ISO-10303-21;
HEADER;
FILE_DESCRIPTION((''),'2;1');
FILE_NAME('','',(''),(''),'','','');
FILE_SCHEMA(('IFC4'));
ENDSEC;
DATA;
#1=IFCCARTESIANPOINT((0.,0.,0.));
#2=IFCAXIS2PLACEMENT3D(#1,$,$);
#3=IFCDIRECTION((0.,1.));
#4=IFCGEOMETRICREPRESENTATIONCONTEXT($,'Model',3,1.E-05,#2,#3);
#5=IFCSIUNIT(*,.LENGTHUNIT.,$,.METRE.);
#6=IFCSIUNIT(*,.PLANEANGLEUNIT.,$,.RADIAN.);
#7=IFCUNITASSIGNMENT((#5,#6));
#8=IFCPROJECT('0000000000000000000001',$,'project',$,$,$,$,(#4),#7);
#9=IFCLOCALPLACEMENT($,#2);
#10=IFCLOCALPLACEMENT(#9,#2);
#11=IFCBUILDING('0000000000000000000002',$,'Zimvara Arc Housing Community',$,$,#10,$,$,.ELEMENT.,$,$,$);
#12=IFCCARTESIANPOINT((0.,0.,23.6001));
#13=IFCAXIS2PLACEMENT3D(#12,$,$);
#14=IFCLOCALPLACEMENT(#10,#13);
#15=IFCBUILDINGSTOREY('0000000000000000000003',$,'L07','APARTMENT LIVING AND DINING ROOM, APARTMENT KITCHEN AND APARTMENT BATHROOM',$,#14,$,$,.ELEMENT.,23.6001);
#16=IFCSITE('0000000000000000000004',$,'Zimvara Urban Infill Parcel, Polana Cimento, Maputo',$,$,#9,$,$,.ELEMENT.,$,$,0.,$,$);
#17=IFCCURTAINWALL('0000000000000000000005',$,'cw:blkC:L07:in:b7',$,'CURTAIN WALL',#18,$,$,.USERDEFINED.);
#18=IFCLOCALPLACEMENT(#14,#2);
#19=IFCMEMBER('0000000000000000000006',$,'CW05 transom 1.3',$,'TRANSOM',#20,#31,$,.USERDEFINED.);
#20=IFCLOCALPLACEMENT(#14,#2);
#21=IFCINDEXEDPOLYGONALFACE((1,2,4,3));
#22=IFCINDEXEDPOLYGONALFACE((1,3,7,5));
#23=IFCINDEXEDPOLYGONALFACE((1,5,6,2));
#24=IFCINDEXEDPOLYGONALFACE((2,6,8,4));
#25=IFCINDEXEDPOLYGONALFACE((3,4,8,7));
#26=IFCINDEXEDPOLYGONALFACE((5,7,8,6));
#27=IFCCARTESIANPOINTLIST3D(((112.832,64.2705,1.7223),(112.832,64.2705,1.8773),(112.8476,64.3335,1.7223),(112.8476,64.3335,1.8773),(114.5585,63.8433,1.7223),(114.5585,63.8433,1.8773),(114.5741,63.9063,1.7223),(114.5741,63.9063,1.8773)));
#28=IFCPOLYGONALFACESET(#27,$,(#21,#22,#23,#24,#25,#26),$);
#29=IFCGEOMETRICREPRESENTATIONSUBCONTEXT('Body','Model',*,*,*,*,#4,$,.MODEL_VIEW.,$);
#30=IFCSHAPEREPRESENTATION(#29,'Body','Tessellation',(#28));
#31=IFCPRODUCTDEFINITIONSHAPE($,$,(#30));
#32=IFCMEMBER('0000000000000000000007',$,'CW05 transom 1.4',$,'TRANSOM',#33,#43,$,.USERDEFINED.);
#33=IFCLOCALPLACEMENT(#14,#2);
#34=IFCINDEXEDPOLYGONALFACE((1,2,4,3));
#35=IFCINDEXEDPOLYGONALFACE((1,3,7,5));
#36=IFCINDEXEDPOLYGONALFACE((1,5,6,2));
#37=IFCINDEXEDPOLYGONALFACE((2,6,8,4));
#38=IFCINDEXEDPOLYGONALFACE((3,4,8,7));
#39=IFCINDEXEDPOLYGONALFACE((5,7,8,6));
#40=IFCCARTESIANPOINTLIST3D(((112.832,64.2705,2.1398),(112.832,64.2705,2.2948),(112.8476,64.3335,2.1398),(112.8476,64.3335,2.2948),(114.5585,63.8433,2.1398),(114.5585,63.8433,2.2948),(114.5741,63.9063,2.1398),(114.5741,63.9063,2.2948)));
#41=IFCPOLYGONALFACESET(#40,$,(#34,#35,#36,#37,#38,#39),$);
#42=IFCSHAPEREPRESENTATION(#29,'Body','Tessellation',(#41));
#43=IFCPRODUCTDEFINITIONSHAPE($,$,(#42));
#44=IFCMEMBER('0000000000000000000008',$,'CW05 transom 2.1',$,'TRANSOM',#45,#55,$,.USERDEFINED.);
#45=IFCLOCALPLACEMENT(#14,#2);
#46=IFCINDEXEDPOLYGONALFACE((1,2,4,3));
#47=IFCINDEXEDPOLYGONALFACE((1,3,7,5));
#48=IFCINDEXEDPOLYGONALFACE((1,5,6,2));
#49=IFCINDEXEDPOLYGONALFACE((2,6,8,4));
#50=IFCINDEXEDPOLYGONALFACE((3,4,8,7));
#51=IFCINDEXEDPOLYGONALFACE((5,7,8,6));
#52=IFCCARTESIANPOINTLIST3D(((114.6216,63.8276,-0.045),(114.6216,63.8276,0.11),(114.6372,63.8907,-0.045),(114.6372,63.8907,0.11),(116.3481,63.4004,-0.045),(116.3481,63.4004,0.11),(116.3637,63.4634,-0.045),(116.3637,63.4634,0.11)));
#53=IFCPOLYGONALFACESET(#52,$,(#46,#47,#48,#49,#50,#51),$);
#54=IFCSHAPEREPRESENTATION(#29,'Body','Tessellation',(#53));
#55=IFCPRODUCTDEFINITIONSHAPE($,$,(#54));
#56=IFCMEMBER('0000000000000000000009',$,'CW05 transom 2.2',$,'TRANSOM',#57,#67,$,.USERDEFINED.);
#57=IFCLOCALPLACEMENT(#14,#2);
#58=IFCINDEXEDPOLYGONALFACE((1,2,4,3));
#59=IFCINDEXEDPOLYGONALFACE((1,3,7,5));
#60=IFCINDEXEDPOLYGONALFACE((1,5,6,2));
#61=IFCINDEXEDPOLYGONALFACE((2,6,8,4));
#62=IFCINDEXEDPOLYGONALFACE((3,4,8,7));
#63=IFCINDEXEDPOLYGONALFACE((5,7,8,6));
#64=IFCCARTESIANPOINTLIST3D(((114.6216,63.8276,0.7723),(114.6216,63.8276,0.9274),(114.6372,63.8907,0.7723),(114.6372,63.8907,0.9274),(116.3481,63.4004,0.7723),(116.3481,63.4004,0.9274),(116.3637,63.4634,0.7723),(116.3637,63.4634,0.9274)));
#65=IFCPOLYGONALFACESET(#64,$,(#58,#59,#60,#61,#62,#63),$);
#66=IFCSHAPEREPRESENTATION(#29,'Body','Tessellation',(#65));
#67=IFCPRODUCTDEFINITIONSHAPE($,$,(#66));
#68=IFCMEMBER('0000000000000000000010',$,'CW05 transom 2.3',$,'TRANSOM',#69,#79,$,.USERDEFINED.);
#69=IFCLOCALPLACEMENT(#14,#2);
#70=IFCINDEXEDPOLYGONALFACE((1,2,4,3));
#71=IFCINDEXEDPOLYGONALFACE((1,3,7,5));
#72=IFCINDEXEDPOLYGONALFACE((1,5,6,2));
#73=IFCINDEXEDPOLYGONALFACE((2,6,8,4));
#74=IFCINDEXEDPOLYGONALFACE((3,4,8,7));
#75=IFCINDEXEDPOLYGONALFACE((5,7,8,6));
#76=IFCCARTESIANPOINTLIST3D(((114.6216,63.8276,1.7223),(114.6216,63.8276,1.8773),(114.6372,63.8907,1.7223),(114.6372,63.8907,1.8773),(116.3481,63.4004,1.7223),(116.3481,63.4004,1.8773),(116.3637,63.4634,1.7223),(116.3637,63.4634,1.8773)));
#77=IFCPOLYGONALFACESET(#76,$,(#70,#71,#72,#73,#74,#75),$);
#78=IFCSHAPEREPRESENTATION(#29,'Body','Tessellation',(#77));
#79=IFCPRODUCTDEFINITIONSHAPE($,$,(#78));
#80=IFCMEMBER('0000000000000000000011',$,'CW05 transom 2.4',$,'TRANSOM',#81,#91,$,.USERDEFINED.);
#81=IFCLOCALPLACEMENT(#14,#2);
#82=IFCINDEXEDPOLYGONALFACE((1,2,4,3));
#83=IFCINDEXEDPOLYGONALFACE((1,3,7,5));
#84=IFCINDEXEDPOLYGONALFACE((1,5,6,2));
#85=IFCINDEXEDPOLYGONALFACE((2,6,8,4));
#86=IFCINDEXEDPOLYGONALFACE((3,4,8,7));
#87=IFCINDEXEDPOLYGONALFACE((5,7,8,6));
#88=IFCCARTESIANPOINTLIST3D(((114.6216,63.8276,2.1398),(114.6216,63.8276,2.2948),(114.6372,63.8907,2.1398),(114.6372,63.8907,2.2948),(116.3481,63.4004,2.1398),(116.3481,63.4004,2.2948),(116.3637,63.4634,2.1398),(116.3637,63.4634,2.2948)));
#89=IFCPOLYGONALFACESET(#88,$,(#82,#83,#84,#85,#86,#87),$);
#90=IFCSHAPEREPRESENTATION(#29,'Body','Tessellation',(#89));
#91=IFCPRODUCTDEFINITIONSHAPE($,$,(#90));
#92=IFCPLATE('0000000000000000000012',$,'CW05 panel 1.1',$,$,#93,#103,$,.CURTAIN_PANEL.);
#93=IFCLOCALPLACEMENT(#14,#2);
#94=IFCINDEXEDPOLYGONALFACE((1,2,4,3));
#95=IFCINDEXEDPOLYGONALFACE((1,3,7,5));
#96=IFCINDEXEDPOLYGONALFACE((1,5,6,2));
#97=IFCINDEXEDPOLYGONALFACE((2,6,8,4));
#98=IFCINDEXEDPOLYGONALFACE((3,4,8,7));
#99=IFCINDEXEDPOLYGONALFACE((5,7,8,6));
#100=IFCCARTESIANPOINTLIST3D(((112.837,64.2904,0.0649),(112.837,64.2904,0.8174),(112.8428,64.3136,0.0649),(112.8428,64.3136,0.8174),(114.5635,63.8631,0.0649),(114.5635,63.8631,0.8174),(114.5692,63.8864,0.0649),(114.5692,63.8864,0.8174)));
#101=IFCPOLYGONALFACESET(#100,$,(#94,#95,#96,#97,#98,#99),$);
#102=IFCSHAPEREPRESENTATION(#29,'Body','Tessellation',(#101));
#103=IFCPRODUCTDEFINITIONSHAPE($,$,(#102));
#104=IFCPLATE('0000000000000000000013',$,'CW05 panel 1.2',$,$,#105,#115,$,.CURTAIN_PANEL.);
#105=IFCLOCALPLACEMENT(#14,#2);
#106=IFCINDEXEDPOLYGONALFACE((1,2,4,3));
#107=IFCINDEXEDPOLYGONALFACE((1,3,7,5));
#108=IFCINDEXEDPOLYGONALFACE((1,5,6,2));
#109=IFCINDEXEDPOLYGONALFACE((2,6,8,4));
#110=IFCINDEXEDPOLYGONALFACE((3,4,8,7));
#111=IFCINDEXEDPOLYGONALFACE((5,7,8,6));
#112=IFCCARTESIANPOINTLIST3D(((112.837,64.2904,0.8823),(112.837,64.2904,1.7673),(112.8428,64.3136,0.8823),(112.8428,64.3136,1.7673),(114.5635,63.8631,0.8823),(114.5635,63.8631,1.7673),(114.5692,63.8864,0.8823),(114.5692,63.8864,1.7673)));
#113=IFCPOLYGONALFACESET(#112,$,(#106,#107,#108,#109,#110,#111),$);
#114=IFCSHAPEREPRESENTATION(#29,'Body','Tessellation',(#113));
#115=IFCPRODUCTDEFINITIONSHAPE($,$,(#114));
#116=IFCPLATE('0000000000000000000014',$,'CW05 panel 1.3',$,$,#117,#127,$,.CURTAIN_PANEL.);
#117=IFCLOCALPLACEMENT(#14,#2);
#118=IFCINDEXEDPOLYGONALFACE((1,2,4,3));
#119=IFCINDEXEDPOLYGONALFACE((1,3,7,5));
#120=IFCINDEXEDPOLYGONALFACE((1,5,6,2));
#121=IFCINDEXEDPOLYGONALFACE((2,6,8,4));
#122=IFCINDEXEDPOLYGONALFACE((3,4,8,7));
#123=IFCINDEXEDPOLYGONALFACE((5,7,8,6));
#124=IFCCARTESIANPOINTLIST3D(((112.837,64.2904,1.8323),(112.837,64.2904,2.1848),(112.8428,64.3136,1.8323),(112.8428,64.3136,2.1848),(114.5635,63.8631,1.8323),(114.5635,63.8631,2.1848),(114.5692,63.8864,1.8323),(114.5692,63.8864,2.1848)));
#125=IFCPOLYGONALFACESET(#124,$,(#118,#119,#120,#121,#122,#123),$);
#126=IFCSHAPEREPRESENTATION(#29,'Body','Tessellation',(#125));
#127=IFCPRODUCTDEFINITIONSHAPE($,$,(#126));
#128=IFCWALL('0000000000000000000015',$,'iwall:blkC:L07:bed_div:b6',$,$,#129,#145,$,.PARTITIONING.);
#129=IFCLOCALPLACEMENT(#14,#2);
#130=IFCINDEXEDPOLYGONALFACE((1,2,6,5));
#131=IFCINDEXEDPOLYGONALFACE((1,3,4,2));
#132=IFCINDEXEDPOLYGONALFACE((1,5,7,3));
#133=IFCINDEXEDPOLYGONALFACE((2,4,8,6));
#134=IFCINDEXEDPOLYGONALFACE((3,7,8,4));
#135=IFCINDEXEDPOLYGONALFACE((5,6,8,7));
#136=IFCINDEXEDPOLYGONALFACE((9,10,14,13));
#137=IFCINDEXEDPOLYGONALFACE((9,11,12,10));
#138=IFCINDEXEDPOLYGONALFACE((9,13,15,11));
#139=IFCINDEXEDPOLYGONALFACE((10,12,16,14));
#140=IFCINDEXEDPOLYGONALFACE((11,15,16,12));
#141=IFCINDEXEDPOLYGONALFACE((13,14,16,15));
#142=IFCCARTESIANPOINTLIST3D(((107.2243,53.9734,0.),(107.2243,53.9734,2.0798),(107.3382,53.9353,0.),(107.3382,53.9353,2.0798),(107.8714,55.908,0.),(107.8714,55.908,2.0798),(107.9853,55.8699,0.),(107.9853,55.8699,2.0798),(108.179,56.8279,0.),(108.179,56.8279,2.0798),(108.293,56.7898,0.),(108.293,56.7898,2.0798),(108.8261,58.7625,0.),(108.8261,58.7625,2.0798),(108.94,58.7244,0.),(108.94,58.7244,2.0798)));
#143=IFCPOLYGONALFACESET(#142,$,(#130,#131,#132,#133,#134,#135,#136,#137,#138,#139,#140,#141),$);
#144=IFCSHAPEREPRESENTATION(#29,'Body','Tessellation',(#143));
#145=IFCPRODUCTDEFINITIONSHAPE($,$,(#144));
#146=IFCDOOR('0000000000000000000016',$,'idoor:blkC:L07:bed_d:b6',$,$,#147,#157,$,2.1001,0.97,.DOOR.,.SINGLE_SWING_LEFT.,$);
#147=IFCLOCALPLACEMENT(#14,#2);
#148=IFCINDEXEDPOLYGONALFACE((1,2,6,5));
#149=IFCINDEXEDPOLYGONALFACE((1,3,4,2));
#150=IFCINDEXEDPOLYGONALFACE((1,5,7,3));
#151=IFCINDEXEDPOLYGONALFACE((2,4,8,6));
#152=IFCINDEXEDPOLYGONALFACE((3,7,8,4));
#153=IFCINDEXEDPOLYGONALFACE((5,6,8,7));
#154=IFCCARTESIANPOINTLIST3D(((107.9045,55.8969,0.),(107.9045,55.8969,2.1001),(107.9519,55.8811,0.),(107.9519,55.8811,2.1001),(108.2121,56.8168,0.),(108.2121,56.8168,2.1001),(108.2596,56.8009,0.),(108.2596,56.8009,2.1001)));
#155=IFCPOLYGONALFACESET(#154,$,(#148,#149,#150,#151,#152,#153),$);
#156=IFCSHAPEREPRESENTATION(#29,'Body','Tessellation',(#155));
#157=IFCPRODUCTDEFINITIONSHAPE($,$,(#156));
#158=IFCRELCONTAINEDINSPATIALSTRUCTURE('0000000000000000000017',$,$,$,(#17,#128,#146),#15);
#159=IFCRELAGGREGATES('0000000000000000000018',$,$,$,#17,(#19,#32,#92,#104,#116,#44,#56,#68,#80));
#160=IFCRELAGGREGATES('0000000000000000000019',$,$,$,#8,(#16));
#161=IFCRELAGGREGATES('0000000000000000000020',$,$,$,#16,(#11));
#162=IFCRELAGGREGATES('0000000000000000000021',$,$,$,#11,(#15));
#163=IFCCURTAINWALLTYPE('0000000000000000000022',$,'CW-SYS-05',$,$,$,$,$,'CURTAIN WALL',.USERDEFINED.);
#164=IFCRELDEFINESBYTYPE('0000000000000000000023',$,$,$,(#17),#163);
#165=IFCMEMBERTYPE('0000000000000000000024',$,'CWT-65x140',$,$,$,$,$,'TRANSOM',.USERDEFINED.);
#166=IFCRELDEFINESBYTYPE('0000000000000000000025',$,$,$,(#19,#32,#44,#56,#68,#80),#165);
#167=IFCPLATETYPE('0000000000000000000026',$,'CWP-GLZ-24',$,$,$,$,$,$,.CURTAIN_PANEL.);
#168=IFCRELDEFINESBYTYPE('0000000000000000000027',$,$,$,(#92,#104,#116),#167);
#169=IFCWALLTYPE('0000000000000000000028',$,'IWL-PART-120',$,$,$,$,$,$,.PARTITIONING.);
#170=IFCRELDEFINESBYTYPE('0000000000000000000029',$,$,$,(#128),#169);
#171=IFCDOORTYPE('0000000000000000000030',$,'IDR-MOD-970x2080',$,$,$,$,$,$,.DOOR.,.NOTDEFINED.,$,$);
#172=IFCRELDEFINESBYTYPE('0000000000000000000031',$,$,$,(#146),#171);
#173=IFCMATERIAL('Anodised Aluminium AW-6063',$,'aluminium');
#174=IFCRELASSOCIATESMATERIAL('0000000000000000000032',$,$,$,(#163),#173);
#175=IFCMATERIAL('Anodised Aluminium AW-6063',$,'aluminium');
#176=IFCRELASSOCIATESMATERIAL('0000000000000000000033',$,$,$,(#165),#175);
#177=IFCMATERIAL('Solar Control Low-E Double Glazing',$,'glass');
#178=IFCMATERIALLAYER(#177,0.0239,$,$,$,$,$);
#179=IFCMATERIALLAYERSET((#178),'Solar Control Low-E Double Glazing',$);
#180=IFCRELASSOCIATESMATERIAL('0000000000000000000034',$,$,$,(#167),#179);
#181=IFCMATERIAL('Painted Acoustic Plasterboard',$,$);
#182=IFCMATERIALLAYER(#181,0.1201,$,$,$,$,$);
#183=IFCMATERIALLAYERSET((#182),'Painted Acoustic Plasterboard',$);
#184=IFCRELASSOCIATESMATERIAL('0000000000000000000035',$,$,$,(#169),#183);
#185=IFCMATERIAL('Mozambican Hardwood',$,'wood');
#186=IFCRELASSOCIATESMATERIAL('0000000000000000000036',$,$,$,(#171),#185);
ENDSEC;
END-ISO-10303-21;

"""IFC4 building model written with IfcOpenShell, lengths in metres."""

from ifc_helpers import new_model, si_unit, direction, frame, frame_2d, origin, origin_2d, place, context, subcontext, project, spatial, rectangle, extrude, material, layer, layer_set, material_profile, profile_set, type_object, element, fill, aggregate, save


model = new_model("IFC4")

# Units and contexts
model_context = context("Model", 3, precision=1e-05, world=origin(), true_north=direction((0.0, 1.0)))
body_context = subcontext(model_context, "Body", "Model", "MODEL_VIEW")
ifc_project = project(units=[si_unit("LENGTHUNIT", "METRE"), si_unit("PLANEANGLEUNIT", "RADIAN")], contexts=[model_context])

# Site, building, storey
site_placement = place(None, origin())
site = spatial("IfcSite", under=ifc_project, at=site_placement, Name="Zimvara Urban Infill Parcel, Polana Cimento, Maputo", CompositionType="ELEMENT", RefElevation=0.0)
building_placement = place(site_placement, origin())
building = spatial("IfcBuilding", under=site, at=building_placement, Name="Zimvara Arc Housing Community", CompositionType="ELEMENT")
storey_placement = place(building_placement, frame((0.0, 0.0, 23.6001)))
storey = spatial("IfcBuildingStorey", under=building, at=storey_placement, Name="L07", Description="APARTMENT LIVING AND DINING ROOM, APARTMENT KITCHEN AND APARTMENT BATHROOM", CompositionType="ELEMENT", Elevation=23.6001)

# Curtain wall, members, plates
ifc_material_1 = material(Name="Anodised Aluminium AW-6063", Category="aluminium")
curtain_wall_type_1 = type_object("IfcCurtainWallType", Name="CW-SYS-05", ElementType="CURTAIN WALL", PredefinedType="USERDEFINED", material=ifc_material_1)
curtain_wall_1_placement = place(storey_placement, origin())
curtain_wall_1 = element("IfcCurtainWall", 1, at=curtain_wall_1_placement, inside=storey, type_object=curtain_wall_type_1, Name="cw:blkC:L07:in:b7", ObjectType="CURTAIN WALL", PredefinedType="USERDEFINED")
ifc_material_2 = material(Name="Anodised Aluminium AW-6063", Category="aluminium")
ifc_material_profile_1 = material_profile(ifc_material_2, rectangle(XDim=0.0649, YDim=0.155, at=origin_2d()), Name="ALU 65x155")
ifc_profile_set_1 = profile_set([ifc_material_profile_1], Name="Anodised Aluminium AW-6063")
member_type_1 = type_object("IfcMemberType", Name="CWT-65x140", ElementType="TRANSOM", PredefinedType="USERDEFINED", material=ifc_profile_set_1)
member_1_placement = place(storey_placement, frame((112.8398, 64.302, 1.7998), z_axis=(0.970721, -0.24021, 0.0), x_axis=(0.24021, 0.970721, 0.0)))
member_1 = element("IfcMember", 2, at=member_1_placement, type_object=member_type_1, Name="CW05 transom 1.3", ObjectType="TRANSOM", PredefinedType="USERDEFINED", context=body_context, shape_type="SweptSolid", body=[
    extrude(rectangle(XDim=0.0649, YDim=0.155, at=origin_2d()), origin(), (0.0, 0.0, 1.0), 1.7786),
])
member_2_placement = place(storey_placement, frame((112.8398, 64.302, 2.2173), z_axis=(0.970721, -0.24021, 0.0), x_axis=(0.24021, 0.970721, 0.0)))
member_2 = element("IfcMember", 3, at=member_2_placement, type_object=member_type_1, Name="CW05 transom 1.4", ObjectType="TRANSOM", PredefinedType="USERDEFINED", context=body_context, shape_type="SweptSolid", body=[
    extrude(rectangle(XDim=0.0649, YDim=0.155, at=origin_2d()), origin(), (0.0, 0.0, 1.0), 1.7786),
])
member_3_placement = place(storey_placement, frame((114.6294, 63.8591, 0.0325), z_axis=(0.970721, -0.24021, 0.0), x_axis=(0.24021, 0.970721, 0.0)))
member_3 = element("IfcMember", 4, at=member_3_placement, type_object=member_type_1, Name="CW05 transom 2.1", ObjectType="TRANSOM", PredefinedType="USERDEFINED", context=body_context, shape_type="SweptSolid", body=[
    extrude(rectangle(XDim=0.0649, YDim=0.155, at=origin_2d()), origin(), (0.0, 0.0, 1.0), 1.7786),
])
member_4_placement = place(storey_placement, frame((114.6294, 63.8591, 0.8499), z_axis=(0.970721, -0.24021, 0.0), x_axis=(0.24021, 0.970721, 0.0)))
member_4 = element("IfcMember", 5, at=member_4_placement, type_object=member_type_1, Name="CW05 transom 2.2", ObjectType="TRANSOM", PredefinedType="USERDEFINED", context=body_context, shape_type="SweptSolid", body=[
    extrude(rectangle(XDim=0.0649, YDim=0.155, at=origin_2d()), origin(), (0.0, 0.0, 1.0), 1.7786),
])
member_5_placement = place(storey_placement, frame((114.6294, 63.8591, 1.7998), z_axis=(0.970721, -0.24021, 0.0), x_axis=(0.24021, 0.970721, 0.0)))
member_5 = element("IfcMember", 6, at=member_5_placement, type_object=member_type_1, Name="CW05 transom 2.3", ObjectType="TRANSOM", PredefinedType="USERDEFINED", context=body_context, shape_type="SweptSolid", body=[
    extrude(rectangle(XDim=0.0649, YDim=0.155, at=origin_2d()), origin(), (0.0, 0.0, 1.0), 1.7786),
])
member_6_placement = place(storey_placement, frame((114.6294, 63.8591, 2.2173), z_axis=(0.970721, -0.24021, 0.0), x_axis=(0.24021, 0.970721, 0.0)))
member_6 = element("IfcMember", 7, at=member_6_placement, type_object=member_type_1, Name="CW05 transom 2.4", ObjectType="TRANSOM", PredefinedType="USERDEFINED", context=body_context, shape_type="SweptSolid", body=[
    extrude(rectangle(XDim=0.0649, YDim=0.155, at=origin_2d()), origin(), (0.0, 0.0, 1.0), 1.7786),
])
ifc_material_3 = material(Name="Solar Control Low-E Double Glazing", Category="glass")
ifc_layer_1 = layer(ifc_material_3, 0.0239)
ifc_layer_set_1 = layer_set([ifc_layer_1], Name="Solar Control Low-E Double Glazing")
plate_type = type_object("IfcPlateType", Name="CWP-GLZ-24", PredefinedType="CURTAIN_PANEL", material=ifc_layer_set_1)
plate_1_placement = place(storey_placement, frame((113.7031, 64.0884, 0.0649), z_axis=(0.0, 0.0, 1.0), x_axis=(0.970716, -0.240229, 0.0)))
plate_1 = element("IfcPlate", 8, at=plate_1_placement, type_object=plate_type, Name="CW05 panel 1.1", PredefinedType="CURTAIN_PANEL", context=body_context, shape_type="SweptSolid", body=[
    extrude(rectangle(XDim=1.7786, YDim=0.0239, at=origin_2d()), origin(), (0.0, 0.0, 1.0), 0.7524),
])
plate_2_placement = place(storey_placement, frame((113.7031, 64.0884, 0.8823), z_axis=(0.0, 0.0, 1.0), x_axis=(0.970716, -0.240229, 0.0)))
plate_2 = element("IfcPlate", 9, at=plate_2_placement, type_object=plate_type, Name="CW05 panel 1.2", PredefinedType="CURTAIN_PANEL", context=body_context, shape_type="SweptSolid", body=[
    extrude(rectangle(XDim=1.7786, YDim=0.0239, at=origin_2d()), origin(), (0.0, 0.0, 1.0), 0.885),
])
plate_3_placement = place(storey_placement, frame((113.7031, 64.0884, 1.8323), z_axis=(0.0, 0.0, 1.0), x_axis=(0.970716, -0.240229, 0.0)))
plate_3 = element("IfcPlate", 10, at=plate_3_placement, type_object=plate_type, Name="CW05 panel 1.3", PredefinedType="CURTAIN_PANEL", context=body_context, shape_type="SweptSolid", body=[
    extrude(rectangle(XDim=1.7786, YDim=0.0239, at=origin_2d()), origin(), (0.0, 0.0, 1.0), 0.3525),
])
aggregate(curtain_wall_1, [member_1, member_2, plate_1, plate_2, plate_3, member_3, member_4, member_5, member_6])

# Wall, opening, door
ifc_material_4 = material(Name="Painted Acoustic Plasterboard")
ifc_layer_2 = layer(ifc_material_4, 0.1201)
ifc_layer_set_2 = layer_set([ifc_layer_2], Name="Painted Acoustic Plasterboard")
wall_type_1 = type_object("IfcWallType", Name="IWL-PART-120", PredefinedType="PARTITIONING", material=ifc_layer_set_2)
wall_1_placement = place(storey_placement, frame((108.8831, 58.7434, 0.0), z_axis=(0.0, 0.0, 1.0), x_axis=(-0.317199, -0.948359, 0.0)))
wall_1 = element("IfcWall", 11, at=wall_1_placement, inside=storey, type_object=wall_type_1, Name="iwall:blkC:L07:bed_div:b6", PredefinedType="PARTITIONING", context=body_context, shape_type="SweptSolid", body=[
    extrude(rectangle(XDim=5.0498, YDim=0.1201, at=frame_2d((2.5249, 0.0))), origin(), (0.0, 0.0, 1.0), 2.0798),
])
opening_1_placement = place(wall_1_placement, frame((2.04, 0.0, 0.0)))
opening_1 = element("IfcOpeningElement", 12, at=opening_1_placement, cuts=wall_1, PredefinedType="OPENING", context=body_context, shape_type="SweptSolid", body=[
    extrude(rectangle(XDim=0.97, YDim=2.1001, at=frame_2d((0.4849, 1.05))), frame((0.0, 0.0701, 0.0), z_axis=(0.0, -1.0, 0.0), x_axis=(1.0, 0.0, 0.0)), (0.0, 0.0, 1.0), 0.1401),
])
ifc_material_5 = material(Name="Mozambican Hardwood", Category="wood")
door_type_1 = type_object("IfcDoorType", Name="IDR-MOD-970x2080", OperationType="NOTDEFINED", PredefinedType="DOOR", material=ifc_material_5)
door_1_placement = place(opening_1_placement, origin())
door_1 = element("IfcDoor", 13, at=door_1_placement, inside=storey, type_object=door_type_1, Name="idoor:blkC:L07:bed_d:b6", OperationType="SINGLE_SWING_LEFT", OverallHeight=2.1001, OverallWidth=0.97, PredefinedType="DOOR", context=body_context, shape_type="SweptSolid", body=[
    extrude(rectangle(XDim=0.97, YDim=2.1001, at=frame_2d((0.4849, 1.05))), frame((0.0, 0.0249, 0.0), z_axis=(0.0, -1.0, 0.0), x_axis=(1.0, 0.0, 0.0)), (0.0, 0.0, 1.0), 0.05),
])
fill(opening_1, door_1)

save(model, "model.ifc")
